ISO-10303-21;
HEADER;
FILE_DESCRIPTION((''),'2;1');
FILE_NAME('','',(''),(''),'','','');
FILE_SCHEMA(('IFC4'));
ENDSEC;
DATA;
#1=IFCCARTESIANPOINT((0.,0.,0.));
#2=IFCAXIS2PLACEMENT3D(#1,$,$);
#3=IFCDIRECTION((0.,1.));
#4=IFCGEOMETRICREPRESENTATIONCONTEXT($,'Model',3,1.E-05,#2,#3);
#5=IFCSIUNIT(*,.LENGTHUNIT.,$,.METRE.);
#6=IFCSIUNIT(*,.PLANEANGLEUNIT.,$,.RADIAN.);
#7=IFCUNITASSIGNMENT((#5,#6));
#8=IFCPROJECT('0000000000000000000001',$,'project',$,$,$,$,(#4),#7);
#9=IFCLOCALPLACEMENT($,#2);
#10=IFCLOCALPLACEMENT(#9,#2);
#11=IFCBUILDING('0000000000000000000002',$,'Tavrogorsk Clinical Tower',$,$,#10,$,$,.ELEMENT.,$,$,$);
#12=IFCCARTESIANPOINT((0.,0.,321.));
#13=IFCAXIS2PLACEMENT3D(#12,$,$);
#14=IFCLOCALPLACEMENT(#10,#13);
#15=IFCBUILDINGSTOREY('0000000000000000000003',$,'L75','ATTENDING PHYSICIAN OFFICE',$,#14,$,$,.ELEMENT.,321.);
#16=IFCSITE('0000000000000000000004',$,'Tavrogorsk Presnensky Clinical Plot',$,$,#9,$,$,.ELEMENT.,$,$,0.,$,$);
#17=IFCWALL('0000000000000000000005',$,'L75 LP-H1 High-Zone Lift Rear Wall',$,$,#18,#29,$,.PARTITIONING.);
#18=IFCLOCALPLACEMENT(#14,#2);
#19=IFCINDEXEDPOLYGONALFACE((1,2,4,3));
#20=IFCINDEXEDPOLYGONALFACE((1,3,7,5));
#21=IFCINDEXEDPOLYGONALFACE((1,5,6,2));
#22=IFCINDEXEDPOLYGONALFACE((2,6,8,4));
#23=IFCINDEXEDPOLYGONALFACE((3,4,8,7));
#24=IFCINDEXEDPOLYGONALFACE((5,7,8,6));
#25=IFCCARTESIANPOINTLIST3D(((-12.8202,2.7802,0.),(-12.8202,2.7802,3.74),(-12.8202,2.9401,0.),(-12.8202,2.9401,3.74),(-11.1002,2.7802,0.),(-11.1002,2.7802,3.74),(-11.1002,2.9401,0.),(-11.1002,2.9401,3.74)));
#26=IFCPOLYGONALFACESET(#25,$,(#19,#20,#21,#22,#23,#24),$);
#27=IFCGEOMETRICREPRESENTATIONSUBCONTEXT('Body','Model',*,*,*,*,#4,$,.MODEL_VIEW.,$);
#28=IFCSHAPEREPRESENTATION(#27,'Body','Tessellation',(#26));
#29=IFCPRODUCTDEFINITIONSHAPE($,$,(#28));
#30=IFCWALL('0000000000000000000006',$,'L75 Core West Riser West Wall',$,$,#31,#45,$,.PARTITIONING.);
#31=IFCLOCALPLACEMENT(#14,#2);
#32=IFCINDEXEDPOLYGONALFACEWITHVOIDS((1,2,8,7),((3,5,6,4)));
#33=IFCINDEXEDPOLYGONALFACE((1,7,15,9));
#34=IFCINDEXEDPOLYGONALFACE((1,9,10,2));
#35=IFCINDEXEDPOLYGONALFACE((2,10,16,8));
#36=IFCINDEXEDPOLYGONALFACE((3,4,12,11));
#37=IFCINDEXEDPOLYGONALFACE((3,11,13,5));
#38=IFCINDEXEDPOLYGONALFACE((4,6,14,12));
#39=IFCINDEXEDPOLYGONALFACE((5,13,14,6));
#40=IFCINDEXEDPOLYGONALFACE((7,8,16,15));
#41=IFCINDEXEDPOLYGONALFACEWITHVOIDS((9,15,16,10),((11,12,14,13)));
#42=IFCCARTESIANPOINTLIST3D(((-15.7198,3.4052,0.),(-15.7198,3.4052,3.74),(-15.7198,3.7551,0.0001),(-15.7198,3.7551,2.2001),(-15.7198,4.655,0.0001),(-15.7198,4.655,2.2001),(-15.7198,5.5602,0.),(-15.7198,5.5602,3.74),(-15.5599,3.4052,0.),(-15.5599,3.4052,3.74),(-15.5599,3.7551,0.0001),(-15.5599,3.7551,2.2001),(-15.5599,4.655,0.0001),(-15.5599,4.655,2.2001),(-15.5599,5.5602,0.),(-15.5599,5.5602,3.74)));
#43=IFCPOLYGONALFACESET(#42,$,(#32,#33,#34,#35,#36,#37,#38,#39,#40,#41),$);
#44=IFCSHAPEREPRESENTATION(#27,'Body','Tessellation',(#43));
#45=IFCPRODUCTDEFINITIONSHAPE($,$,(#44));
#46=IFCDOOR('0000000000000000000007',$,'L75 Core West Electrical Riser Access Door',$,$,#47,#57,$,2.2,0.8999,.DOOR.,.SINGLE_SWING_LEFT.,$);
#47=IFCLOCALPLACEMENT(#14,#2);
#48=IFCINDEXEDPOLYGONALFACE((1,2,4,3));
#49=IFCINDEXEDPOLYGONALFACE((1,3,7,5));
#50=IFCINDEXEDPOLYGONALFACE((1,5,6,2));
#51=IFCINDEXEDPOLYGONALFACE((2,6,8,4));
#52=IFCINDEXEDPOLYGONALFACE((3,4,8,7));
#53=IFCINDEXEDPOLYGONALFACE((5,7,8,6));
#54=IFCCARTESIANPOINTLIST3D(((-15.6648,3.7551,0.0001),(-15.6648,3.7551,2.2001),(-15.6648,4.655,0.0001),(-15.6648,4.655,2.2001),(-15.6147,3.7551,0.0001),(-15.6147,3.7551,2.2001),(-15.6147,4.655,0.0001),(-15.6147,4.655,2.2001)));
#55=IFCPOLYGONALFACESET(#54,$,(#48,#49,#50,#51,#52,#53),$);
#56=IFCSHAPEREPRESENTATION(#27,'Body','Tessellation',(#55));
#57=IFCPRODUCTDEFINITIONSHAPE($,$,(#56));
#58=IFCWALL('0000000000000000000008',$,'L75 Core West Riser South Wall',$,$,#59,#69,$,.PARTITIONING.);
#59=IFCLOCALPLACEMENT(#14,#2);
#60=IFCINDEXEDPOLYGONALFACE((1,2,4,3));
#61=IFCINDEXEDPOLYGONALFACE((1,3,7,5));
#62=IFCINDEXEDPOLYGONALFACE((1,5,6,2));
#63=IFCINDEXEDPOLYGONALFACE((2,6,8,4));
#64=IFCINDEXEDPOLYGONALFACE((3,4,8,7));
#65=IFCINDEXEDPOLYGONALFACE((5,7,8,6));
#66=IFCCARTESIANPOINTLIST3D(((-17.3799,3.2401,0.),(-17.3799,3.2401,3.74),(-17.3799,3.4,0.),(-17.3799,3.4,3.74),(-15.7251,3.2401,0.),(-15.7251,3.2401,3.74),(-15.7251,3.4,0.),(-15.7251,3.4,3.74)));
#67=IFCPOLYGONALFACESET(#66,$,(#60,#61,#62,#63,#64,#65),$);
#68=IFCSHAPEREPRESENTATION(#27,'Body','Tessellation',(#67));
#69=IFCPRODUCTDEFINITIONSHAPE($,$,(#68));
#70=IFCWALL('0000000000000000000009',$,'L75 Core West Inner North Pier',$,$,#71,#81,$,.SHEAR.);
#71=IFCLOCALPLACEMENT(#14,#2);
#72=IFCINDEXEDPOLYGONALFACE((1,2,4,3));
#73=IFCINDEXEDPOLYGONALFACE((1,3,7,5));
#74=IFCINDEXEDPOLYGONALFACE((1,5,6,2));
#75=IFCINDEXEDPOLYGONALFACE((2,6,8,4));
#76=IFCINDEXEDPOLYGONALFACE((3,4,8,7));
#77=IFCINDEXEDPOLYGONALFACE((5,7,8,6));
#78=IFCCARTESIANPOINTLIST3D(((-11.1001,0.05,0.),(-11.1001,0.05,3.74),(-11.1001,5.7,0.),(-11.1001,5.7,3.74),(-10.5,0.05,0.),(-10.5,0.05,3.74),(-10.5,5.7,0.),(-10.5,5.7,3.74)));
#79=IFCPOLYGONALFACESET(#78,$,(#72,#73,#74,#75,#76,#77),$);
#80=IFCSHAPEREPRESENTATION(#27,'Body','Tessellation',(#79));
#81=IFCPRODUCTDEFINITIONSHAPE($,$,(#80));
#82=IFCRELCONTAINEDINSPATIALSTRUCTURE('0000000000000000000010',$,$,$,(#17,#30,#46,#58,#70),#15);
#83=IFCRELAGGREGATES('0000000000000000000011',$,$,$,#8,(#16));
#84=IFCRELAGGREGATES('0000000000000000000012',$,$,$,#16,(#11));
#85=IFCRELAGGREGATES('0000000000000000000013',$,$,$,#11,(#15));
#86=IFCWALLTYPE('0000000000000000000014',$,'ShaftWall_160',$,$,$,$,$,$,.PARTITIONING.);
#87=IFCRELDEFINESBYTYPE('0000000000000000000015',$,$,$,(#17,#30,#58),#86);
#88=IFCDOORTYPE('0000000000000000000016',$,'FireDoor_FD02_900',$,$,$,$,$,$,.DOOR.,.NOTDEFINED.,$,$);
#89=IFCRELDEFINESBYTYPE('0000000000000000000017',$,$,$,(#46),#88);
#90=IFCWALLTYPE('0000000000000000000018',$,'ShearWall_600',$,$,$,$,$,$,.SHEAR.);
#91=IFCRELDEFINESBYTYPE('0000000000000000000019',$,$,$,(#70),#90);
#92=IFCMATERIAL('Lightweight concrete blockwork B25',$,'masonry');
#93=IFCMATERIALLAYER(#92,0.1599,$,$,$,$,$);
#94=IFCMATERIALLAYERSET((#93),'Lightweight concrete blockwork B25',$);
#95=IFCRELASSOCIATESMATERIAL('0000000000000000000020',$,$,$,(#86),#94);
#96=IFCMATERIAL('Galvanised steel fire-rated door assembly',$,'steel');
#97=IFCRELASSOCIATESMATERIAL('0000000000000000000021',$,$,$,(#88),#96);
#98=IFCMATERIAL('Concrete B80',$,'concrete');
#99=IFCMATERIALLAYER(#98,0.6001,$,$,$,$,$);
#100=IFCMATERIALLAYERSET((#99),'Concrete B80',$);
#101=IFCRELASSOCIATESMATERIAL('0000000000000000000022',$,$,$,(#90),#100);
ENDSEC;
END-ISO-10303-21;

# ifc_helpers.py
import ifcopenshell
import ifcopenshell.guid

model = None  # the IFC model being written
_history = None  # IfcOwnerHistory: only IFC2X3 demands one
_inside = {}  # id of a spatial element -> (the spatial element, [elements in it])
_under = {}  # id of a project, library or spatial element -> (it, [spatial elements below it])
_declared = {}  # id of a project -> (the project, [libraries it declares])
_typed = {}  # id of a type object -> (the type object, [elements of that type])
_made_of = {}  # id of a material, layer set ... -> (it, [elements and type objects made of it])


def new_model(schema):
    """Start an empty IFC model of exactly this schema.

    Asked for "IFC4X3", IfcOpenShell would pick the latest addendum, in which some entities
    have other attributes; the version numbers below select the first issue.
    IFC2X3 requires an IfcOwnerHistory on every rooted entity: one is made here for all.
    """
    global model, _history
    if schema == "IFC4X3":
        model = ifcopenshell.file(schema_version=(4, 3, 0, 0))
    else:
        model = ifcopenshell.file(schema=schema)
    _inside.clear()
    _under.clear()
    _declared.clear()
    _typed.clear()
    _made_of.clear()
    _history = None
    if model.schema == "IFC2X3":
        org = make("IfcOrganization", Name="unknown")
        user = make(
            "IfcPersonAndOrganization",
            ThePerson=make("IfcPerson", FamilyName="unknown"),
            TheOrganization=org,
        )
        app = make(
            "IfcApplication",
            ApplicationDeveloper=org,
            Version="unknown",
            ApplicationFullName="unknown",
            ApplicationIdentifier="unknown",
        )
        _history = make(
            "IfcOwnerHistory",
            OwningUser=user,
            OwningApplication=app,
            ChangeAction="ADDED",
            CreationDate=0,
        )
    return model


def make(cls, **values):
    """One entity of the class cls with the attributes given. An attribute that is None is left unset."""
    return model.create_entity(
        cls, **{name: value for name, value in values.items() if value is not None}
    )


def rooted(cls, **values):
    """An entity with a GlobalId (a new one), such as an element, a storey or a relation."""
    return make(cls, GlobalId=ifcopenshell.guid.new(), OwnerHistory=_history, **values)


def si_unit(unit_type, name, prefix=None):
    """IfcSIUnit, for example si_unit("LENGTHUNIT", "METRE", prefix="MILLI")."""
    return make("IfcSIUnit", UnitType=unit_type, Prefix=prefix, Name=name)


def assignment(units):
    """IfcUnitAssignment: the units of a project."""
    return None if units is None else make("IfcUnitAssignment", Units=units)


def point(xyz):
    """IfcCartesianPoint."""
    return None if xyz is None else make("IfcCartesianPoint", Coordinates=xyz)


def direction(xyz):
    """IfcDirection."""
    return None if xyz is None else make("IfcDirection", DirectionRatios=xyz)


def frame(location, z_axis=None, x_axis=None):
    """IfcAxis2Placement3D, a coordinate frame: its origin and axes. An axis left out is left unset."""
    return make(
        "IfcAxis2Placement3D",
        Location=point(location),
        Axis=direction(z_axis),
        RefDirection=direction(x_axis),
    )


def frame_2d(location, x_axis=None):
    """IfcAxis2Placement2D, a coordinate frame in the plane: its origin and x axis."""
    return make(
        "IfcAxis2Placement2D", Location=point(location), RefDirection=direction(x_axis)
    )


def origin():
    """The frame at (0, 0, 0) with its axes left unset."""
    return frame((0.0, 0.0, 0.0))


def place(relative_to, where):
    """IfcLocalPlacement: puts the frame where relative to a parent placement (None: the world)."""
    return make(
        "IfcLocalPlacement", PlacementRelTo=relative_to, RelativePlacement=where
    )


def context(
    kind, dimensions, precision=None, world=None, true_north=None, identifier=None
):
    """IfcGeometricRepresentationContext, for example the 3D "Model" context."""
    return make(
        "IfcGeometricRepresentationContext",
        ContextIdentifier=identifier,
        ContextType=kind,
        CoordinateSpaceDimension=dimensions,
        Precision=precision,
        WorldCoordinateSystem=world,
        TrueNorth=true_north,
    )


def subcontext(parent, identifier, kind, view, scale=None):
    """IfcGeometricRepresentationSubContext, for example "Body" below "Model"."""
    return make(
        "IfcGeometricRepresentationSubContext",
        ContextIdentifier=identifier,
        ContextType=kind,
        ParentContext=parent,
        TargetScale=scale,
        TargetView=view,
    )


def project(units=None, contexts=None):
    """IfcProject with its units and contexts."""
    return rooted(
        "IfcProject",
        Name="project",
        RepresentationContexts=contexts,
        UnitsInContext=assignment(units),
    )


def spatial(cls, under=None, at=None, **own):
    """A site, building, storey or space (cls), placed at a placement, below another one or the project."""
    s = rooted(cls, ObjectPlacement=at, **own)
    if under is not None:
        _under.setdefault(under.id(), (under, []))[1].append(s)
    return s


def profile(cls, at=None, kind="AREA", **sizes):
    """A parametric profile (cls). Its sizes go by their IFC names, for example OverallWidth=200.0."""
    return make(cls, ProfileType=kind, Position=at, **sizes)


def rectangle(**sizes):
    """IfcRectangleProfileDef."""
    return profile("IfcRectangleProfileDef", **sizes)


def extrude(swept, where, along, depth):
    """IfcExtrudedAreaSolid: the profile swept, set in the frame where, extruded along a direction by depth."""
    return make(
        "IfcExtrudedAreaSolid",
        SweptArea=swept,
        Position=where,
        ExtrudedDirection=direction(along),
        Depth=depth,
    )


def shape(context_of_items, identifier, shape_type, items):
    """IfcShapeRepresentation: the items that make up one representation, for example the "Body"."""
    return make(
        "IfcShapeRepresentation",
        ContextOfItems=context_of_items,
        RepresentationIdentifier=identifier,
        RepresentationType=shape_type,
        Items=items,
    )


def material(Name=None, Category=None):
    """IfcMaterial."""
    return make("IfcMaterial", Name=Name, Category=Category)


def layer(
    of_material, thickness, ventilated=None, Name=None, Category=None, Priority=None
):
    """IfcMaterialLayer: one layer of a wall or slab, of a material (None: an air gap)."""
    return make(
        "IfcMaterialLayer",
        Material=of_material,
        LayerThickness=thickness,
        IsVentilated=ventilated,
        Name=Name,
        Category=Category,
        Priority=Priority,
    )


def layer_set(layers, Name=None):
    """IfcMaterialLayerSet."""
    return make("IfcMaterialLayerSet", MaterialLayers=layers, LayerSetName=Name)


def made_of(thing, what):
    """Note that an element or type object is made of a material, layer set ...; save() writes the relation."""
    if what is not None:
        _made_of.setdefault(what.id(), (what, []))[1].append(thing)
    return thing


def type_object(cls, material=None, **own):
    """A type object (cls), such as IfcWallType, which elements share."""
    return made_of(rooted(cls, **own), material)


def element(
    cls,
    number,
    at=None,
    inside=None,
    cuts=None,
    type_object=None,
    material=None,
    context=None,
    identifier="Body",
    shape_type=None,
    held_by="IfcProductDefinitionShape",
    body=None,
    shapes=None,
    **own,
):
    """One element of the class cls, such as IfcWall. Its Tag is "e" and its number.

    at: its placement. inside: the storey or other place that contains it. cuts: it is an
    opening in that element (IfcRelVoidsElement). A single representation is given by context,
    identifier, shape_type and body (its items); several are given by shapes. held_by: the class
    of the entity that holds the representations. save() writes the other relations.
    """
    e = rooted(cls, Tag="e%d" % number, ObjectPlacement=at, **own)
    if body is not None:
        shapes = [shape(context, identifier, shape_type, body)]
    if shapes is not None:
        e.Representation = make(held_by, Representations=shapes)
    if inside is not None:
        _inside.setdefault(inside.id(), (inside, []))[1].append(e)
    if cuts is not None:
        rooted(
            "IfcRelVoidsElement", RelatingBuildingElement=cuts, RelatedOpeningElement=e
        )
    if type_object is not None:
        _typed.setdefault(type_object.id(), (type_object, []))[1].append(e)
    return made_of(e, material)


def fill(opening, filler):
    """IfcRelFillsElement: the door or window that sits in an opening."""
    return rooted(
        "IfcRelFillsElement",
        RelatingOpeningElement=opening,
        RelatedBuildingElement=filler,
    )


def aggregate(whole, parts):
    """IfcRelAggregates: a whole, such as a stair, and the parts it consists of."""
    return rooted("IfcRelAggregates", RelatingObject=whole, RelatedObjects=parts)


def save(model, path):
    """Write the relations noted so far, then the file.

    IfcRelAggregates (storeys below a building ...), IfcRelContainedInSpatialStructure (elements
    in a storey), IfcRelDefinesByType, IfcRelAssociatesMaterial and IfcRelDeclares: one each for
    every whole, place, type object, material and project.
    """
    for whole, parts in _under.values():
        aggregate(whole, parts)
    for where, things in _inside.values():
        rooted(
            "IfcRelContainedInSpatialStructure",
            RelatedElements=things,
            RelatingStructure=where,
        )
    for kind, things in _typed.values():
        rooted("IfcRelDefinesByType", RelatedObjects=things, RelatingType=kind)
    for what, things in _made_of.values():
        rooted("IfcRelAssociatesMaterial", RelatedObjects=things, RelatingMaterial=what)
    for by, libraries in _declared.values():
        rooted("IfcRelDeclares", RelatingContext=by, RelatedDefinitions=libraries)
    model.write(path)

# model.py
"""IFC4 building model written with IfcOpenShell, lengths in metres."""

from ifc_helpers import new_model, si_unit, direction, frame, frame_2d, origin, place, context, subcontext, project, spatial, rectangle, extrude, material, layer, layer_set, type_object, element, fill, save


model = new_model("IFC4")

# Units and contexts
model_context = context("Model", 3, precision=1e-05, world=origin(), true_north=direction((0.0, 1.0)))
body_context = subcontext(model_context, "Body", "Model", "MODEL_VIEW")
ifc_project = project(units=[si_unit("LENGTHUNIT", "METRE"), si_unit("PLANEANGLEUNIT", "RADIAN")], contexts=[model_context])

# Site, building, storey
site_placement = place(None, origin())
site = spatial("IfcSite", under=ifc_project, at=site_placement, Name="Tavrogorsk Presnensky Clinical Plot", CompositionType="ELEMENT", RefElevation=0.0)
building_placement = place(site_placement, origin())
building = spatial("IfcBuilding", under=site, at=building_placement, Name="Tavrogorsk Clinical Tower", CompositionType="ELEMENT")
storey_placement = place(building_placement, frame((0.0, 0.0, 321.0)))
storey = spatial("IfcBuildingStorey", under=building, at=storey_placement, Name="L75", Description="ATTENDING PHYSICIAN OFFICE", CompositionType="ELEMENT", Elevation=321.0)

# Shared definitions
ifc_material_1 = material(Name="Lightweight concrete blockwork B25", Category="masonry")
ifc_layer_1 = layer(ifc_material_1, 0.1599)
ifc_layer_set_1 = layer_set([ifc_layer_1], Name="Lightweight concrete blockwork B25")
wall_type_1 = type_object("IfcWallType", Name="ShaftWall_160", PredefinedType="PARTITIONING", material=ifc_layer_set_1)

# Wall
wall_1_placement = place(storey_placement, frame((-12.8201, 2.8601, 0.0), z_axis=(0.0, 0.0, 1.0), x_axis=(1.0, 0.0, 0.0)))
element("IfcWall", 1, at=wall_1_placement, inside=storey, type_object=wall_type_1, Name="L75 LP-H1 High-Zone Lift Rear Wall", PredefinedType="PARTITIONING", context=body_context, shape_type="SweptSolid", body=[
    extrude(rectangle(XDim=1.72, YDim=0.1599, at=frame_2d((0.8599, 0.0))), origin(), (0.0, 0.0, 1.0), 3.74),
])

# Wall, opening, door
wall_2_placement = place(storey_placement, frame((-15.6399, 3.405, 0.0), z_axis=(0.0, 0.0, 1.0), x_axis=(0.0, 1.0, 0.0)))
wall_2 = element("IfcWall", 2, at=wall_2_placement, inside=storey, type_object=wall_type_1, Name="L75 Core West Riser West Wall", PredefinedType="PARTITIONING", context=body_context, shape_type="SweptSolid", body=[
    extrude(rectangle(XDim=2.155, YDim=0.1599, at=frame_2d((1.0776, 0.0))), origin(), (0.0, 0.0, 1.0), 3.74),
])
opening_1_placement = place(wall_2_placement, frame((0.3501, 0.0, 0.0)))
opening_1 = element("IfcOpeningElement", 3, at=opening_1_placement, cuts=wall_2, PredefinedType="OPENING", context=body_context, shape_type="SweptSolid", body=[
    extrude(rectangle(XDim=0.8999, YDim=2.2, at=frame_2d((0.45, 1.1001))), frame((0.0, 0.0898, 0.0), z_axis=(0.0, -1.0, 0.0), x_axis=(1.0, 0.0, 0.0)), (0.0, 0.0, 1.0), 0.1799),
])
ifc_material_2 = material(Name="Galvanised steel fire-rated door assembly", Category="steel")
door_type_1 = type_object("IfcDoorType", Name="FireDoor_FD02_900", OperationType="NOTDEFINED", PredefinedType="DOOR", material=ifc_material_2)
door_1_placement = place(opening_1_placement, origin())
door_1 = element("IfcDoor", 4, at=door_1_placement, inside=storey, type_object=door_type_1, Name="L75 Core West Electrical Riser Access Door", OperationType="SINGLE_SWING_LEFT", OverallHeight=2.2, OverallWidth=0.8999, PredefinedType="DOOR", context=body_context, shape_type="SweptSolid", body=[
    extrude(rectangle(XDim=0.8999, YDim=2.2, at=frame_2d((0.45, 1.1001))), frame((0.0, 0.0249, 0.0), z_axis=(0.0, -1.0, 0.0), x_axis=(1.0, 0.0, 0.0)), (0.0, 0.0, 1.0), 0.05),
])
fill(opening_1, door_1)

# Walls
wall_3_placement = place(storey_placement, frame((-17.3799, 3.3201, 0.0), z_axis=(0.0, 0.0, 1.0), x_axis=(1.0, 0.0, 0.0)))
element("IfcWall", 5, at=wall_3_placement, inside=storey, type_object=wall_type_1, Name="L75 Core West Riser South Wall", PredefinedType="PARTITIONING", context=body_context, shape_type="SweptSolid", body=[
    extrude(rectangle(XDim=1.6548, YDim=0.1599, at=frame_2d((0.8274, 0.0))), origin(), (0.0, 0.0, 1.0), 3.74),
])
ifc_material_3 = material(Name="Concrete B80", Category="concrete")
ifc_layer_2 = layer(ifc_material_3, 0.6001)
ifc_layer_set_2 = layer_set([ifc_layer_2], Name="Concrete B80")
wall_type_2 = type_object("IfcWallType", Name="ShearWall_600", PredefinedType="SHEAR", material=ifc_layer_set_2)
wall_4_placement = place(storey_placement, frame((-10.8, 0.05, 0.0), z_axis=(0.0, 0.0, 1.0), x_axis=(0.0, 1.0, 0.0)))
element("IfcWall", 6, at=wall_4_placement, inside=storey, type_object=wall_type_2, Name="L75 Core West Inner North Pier", PredefinedType="SHEAR", context=body_context, shape_type="SweptSolid", body=[
    extrude(rectangle(XDim=5.6499, YDim=0.6001, at=frame_2d((2.825, 0.0))), origin(), (0.0, 0.0, 1.0), 3.74),
])

save(model, "model.ifc")
